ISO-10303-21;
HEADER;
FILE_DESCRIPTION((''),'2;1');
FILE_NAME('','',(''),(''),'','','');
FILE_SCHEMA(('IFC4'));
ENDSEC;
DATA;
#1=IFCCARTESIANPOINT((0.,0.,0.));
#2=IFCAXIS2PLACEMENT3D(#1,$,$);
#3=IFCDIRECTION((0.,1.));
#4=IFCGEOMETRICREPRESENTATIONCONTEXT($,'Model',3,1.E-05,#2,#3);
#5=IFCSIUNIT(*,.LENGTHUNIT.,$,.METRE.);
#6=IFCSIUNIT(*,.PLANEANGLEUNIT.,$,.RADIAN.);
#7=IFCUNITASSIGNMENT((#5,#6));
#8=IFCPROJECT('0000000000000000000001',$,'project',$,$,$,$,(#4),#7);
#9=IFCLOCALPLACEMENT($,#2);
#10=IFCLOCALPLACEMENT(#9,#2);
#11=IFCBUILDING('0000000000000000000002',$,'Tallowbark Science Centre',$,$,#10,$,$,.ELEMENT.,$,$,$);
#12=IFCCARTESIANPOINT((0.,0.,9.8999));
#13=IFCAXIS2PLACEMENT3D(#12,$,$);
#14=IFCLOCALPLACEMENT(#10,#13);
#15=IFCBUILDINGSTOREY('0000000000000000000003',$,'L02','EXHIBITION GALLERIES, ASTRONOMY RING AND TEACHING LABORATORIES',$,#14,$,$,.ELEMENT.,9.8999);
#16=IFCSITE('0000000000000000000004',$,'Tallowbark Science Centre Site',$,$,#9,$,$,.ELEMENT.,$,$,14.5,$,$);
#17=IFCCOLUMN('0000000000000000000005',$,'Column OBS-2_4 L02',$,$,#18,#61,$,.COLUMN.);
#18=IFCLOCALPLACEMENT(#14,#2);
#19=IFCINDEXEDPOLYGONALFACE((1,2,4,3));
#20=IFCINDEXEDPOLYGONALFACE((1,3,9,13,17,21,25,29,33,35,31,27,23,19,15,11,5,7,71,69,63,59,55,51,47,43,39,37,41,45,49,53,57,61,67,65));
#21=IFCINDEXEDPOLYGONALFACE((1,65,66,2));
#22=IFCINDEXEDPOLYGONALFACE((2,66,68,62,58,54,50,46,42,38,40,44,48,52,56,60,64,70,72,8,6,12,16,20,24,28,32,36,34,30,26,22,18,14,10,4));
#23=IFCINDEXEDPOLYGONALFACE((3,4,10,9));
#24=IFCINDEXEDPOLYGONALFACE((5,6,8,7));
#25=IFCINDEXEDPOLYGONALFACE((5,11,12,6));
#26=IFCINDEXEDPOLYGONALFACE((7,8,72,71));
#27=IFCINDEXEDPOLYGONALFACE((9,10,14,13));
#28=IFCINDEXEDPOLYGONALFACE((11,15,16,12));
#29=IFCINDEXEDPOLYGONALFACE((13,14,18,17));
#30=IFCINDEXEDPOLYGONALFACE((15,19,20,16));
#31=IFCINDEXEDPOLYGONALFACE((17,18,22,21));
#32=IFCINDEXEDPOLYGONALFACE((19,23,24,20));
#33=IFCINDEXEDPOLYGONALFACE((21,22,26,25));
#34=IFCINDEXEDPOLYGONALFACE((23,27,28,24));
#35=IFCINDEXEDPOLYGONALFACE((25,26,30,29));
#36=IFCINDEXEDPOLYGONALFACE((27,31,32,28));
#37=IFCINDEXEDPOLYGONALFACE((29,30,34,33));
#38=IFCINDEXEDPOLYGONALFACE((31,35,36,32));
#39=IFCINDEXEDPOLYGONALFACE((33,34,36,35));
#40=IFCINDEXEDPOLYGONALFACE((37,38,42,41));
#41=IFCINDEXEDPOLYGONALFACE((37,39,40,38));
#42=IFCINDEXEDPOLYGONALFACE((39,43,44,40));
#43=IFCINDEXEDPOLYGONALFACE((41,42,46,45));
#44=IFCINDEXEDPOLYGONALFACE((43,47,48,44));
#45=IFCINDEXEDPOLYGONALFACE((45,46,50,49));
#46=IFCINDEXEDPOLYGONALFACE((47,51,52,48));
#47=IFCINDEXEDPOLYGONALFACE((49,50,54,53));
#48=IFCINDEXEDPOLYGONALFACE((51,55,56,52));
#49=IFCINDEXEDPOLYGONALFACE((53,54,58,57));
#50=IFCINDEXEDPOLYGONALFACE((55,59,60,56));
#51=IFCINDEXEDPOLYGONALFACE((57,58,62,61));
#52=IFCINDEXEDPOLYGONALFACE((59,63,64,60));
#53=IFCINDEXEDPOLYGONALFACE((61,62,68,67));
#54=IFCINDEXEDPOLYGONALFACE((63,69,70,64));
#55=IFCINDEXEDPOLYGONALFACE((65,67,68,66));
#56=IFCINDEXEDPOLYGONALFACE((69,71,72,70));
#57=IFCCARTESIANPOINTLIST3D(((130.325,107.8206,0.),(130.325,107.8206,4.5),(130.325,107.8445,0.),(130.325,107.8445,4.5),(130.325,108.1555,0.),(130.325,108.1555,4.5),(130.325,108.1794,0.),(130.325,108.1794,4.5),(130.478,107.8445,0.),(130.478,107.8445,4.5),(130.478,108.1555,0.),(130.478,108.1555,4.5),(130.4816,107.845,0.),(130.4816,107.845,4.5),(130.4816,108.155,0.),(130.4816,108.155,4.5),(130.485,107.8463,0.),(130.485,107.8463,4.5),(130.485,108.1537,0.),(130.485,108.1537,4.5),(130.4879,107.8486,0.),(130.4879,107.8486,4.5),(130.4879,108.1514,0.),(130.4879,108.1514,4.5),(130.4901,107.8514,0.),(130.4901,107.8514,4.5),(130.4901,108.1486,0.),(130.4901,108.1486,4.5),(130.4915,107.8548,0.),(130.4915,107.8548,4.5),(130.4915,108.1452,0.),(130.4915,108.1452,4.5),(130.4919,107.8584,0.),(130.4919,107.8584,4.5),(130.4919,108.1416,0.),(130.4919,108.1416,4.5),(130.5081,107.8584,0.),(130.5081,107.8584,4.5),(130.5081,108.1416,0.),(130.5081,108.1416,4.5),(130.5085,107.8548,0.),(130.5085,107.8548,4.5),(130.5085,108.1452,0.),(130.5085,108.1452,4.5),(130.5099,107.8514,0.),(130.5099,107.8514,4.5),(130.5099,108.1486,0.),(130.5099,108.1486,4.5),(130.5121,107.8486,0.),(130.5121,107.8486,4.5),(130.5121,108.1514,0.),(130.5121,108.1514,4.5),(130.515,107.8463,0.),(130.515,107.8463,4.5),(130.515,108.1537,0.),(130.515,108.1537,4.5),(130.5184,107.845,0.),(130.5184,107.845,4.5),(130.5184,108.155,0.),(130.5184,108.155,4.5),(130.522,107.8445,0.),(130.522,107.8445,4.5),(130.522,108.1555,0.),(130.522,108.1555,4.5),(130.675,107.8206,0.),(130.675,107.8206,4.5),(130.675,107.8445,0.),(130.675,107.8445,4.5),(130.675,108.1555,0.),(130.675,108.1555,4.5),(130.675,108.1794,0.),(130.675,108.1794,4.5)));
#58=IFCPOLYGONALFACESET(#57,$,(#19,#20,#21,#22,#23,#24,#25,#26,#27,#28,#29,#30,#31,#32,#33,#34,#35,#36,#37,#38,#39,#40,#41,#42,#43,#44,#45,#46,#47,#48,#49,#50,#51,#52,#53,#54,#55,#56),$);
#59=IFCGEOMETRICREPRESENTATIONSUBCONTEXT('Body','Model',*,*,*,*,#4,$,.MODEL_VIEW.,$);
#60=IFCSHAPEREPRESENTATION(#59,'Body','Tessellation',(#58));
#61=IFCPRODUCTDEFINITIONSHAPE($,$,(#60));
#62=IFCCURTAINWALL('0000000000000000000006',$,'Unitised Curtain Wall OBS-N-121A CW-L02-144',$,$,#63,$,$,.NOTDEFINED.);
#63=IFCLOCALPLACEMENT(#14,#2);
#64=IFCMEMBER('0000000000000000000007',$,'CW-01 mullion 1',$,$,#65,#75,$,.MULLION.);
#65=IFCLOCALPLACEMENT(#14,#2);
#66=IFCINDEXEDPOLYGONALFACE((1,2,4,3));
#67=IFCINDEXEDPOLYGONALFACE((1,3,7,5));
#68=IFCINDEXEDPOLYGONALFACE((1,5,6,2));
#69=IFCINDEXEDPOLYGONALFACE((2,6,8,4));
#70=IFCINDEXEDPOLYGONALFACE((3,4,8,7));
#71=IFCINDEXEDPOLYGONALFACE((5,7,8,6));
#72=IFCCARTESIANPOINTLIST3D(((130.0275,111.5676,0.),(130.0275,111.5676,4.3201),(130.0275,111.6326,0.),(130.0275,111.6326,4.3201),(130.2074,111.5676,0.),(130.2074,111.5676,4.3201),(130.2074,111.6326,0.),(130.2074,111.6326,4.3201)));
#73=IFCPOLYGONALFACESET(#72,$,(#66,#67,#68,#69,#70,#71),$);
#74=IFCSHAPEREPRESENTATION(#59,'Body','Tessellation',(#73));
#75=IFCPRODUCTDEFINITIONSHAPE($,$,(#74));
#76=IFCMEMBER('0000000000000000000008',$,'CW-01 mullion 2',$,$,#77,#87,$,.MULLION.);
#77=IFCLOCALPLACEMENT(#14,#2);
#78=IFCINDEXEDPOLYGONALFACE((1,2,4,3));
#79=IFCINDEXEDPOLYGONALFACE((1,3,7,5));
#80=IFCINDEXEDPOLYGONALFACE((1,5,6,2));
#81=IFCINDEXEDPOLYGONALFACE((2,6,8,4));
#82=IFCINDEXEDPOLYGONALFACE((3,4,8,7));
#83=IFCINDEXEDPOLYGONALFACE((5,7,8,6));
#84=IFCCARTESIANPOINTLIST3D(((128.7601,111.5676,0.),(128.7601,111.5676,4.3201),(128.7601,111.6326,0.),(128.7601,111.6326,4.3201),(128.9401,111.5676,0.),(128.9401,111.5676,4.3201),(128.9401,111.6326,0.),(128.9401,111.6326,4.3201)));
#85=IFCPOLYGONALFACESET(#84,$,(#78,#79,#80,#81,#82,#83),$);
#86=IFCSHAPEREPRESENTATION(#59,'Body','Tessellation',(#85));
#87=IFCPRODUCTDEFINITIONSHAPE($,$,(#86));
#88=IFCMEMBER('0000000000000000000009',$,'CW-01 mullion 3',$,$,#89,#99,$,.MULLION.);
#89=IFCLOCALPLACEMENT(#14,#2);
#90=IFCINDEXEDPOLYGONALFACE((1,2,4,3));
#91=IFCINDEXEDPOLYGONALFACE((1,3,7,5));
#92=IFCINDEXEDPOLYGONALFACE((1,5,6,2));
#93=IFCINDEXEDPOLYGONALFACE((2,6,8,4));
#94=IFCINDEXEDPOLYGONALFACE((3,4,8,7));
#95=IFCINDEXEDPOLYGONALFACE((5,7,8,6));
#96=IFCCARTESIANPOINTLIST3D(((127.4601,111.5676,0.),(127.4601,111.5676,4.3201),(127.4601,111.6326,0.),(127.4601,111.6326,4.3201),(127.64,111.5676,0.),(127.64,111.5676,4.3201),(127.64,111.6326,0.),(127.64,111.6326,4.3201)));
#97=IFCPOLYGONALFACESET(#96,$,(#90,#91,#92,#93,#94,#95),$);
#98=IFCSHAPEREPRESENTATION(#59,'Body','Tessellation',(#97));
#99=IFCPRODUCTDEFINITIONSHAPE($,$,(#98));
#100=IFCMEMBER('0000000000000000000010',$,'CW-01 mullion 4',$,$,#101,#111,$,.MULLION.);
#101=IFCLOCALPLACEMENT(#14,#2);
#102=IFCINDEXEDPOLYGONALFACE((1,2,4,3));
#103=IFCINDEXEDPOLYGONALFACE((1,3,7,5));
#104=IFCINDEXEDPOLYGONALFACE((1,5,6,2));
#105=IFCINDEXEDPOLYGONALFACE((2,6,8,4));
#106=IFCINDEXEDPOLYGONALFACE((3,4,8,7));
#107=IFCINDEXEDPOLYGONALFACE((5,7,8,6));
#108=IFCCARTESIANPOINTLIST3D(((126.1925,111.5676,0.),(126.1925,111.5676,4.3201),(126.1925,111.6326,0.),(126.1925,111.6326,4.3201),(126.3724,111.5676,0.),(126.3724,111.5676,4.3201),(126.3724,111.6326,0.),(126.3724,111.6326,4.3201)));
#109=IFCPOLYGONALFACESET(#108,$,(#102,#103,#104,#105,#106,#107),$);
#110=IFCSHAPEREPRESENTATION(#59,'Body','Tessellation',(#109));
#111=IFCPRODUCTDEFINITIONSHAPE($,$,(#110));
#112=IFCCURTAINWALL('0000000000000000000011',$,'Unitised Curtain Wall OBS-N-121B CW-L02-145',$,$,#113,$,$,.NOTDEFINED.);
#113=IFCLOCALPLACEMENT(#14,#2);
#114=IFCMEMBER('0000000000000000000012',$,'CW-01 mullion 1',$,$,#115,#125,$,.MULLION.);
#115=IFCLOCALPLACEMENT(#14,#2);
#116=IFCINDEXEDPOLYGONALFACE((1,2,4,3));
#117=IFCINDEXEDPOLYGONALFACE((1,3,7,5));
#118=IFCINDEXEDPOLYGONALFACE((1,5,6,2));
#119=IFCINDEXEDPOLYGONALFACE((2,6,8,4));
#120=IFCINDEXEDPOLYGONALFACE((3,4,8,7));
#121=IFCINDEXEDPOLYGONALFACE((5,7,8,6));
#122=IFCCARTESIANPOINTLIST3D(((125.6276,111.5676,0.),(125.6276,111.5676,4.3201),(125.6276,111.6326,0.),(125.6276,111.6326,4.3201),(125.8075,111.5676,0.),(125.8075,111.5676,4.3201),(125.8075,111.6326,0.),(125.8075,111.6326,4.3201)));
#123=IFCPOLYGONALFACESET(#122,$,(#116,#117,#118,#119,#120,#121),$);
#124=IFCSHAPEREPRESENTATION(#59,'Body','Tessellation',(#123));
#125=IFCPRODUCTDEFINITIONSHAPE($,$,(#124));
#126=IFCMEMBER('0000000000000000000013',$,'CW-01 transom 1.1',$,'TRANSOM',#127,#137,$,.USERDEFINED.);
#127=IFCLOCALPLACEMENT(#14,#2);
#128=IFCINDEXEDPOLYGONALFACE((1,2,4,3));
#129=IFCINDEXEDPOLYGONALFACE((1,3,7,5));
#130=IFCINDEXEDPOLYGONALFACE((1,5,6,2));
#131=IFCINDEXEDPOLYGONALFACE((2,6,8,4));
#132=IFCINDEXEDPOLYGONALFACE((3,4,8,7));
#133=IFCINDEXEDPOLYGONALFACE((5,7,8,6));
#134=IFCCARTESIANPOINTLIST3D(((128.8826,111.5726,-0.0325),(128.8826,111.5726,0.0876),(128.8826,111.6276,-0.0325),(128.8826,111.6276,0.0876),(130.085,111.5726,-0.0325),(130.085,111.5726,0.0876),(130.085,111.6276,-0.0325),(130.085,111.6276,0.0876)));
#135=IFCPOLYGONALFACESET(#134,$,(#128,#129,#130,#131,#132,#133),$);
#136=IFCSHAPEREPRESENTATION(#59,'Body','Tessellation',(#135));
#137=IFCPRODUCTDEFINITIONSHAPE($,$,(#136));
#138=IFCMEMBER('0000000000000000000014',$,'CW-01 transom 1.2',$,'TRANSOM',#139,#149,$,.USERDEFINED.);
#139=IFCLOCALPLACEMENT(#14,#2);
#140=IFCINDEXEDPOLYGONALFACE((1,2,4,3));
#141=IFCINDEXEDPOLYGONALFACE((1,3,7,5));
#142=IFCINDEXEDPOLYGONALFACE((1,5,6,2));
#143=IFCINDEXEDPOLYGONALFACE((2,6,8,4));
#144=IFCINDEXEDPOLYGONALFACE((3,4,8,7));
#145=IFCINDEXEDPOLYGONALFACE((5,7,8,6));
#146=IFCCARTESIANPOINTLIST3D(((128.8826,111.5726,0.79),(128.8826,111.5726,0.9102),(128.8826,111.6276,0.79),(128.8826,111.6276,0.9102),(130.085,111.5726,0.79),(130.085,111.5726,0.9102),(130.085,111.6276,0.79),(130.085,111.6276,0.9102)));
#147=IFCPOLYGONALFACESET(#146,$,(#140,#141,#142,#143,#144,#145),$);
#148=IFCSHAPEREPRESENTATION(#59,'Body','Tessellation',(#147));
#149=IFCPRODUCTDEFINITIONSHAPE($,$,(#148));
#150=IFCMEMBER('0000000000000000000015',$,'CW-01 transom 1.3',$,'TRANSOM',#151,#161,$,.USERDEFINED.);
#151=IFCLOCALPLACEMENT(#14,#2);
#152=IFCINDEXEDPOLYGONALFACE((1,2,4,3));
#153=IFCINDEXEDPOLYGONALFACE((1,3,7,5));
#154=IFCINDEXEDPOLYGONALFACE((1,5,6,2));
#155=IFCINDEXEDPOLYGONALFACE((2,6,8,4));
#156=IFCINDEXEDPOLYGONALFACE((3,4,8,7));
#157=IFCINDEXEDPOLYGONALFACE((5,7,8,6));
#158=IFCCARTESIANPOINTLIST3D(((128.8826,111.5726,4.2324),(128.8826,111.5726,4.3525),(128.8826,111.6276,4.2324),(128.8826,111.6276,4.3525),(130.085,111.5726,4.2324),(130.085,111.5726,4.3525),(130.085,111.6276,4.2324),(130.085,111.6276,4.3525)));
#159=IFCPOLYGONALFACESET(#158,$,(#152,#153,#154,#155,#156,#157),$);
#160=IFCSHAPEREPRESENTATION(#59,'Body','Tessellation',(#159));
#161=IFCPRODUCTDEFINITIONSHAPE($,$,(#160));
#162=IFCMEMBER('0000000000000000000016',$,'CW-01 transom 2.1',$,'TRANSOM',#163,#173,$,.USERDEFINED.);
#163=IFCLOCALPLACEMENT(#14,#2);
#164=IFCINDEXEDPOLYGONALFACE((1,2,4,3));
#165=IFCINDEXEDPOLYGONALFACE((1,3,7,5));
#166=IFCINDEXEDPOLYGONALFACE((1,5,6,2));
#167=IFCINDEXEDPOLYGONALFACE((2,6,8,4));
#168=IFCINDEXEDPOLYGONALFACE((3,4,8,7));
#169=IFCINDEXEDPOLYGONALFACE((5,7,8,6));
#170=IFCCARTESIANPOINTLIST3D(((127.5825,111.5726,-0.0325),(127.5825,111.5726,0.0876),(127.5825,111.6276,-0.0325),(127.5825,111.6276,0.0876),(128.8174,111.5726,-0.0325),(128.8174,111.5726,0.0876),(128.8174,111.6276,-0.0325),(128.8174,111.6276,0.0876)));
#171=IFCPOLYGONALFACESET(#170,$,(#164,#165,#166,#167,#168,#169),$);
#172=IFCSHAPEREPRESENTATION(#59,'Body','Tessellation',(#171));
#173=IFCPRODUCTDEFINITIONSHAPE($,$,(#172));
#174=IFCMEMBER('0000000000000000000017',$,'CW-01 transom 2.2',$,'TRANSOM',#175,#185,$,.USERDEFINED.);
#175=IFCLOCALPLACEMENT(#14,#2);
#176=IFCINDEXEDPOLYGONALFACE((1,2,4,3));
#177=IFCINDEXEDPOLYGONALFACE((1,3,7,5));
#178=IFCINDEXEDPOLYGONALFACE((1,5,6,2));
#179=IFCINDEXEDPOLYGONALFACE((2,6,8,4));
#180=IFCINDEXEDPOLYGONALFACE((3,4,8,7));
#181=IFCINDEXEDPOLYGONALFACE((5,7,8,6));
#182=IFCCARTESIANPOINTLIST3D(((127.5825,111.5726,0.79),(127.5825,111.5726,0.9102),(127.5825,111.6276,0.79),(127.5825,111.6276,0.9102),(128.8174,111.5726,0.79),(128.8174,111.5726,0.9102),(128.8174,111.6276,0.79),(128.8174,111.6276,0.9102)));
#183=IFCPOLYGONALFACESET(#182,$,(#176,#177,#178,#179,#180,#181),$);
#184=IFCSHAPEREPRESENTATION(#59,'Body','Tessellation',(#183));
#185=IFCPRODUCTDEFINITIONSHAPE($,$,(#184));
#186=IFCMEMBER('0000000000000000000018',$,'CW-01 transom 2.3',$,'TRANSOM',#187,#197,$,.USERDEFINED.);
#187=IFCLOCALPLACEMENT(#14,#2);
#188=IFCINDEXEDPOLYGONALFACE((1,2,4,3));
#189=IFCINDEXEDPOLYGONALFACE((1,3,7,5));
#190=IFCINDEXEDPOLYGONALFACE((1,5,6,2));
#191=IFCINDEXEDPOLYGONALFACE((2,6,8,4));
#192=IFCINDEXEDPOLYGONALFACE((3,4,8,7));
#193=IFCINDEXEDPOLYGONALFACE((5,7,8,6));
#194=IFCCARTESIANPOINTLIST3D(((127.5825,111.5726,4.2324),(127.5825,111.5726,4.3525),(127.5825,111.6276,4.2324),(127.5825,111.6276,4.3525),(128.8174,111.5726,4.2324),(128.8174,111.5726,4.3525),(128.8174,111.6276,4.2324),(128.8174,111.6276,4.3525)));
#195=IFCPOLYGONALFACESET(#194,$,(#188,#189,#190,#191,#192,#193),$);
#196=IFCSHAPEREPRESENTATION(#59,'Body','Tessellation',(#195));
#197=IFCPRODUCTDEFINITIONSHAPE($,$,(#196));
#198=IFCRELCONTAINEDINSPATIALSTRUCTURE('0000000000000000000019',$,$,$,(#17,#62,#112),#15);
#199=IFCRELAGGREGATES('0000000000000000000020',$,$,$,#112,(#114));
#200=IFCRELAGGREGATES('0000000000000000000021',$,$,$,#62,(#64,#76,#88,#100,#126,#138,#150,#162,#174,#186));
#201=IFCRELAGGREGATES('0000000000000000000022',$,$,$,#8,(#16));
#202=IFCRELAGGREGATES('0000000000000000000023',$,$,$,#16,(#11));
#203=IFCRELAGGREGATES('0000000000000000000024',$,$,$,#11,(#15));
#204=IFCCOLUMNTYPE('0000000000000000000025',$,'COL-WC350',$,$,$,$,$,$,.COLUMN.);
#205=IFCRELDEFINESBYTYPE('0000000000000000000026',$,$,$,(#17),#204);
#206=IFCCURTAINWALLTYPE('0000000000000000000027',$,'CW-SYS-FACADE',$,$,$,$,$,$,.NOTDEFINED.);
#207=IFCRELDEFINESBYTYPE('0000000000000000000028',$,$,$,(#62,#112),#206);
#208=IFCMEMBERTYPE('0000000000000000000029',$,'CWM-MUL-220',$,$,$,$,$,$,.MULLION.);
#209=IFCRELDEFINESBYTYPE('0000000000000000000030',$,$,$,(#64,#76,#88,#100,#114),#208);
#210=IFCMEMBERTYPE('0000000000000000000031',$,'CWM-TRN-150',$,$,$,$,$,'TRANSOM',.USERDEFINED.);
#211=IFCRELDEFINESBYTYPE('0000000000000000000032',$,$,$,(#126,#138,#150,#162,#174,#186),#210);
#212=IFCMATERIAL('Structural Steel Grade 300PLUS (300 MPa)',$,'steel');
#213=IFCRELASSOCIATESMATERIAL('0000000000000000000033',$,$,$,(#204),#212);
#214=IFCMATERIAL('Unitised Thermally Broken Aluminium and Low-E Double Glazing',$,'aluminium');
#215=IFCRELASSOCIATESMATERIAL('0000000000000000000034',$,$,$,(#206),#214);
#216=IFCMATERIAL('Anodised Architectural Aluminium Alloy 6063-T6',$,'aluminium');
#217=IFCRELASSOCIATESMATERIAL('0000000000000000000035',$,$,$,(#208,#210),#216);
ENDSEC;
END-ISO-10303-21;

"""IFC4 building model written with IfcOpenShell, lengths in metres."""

from ifc_helpers import new_model, si_unit, direction, frame, origin, origin_2d, place, context, subcontext, project, spatial, rectangle, i_section, extrude, material, material_profile, profile_set, type_object, element, aggregate, save


model = new_model("IFC4")

# Units and contexts
model_context = context("Model", 3, precision=1e-05, world=origin(), true_north=direction((0.0, 1.0)))
body_context = subcontext(model_context, "Body", "Model", "MODEL_VIEW")
ifc_project = project(units=[si_unit("LENGTHUNIT", "METRE"), si_unit("PLANEANGLEUNIT", "RADIAN")], contexts=[model_context])

# Site, building, storey
site_placement = place(None, origin())
site = spatial("IfcSite", under=ifc_project, at=site_placement, Name="Tallowbark Science Centre Site", CompositionType="ELEMENT", RefElevation=14.5)
building_placement = place(site_placement, origin())
building = spatial("IfcBuilding", under=site, at=building_placement, Name="Tallowbark Science Centre", CompositionType="ELEMENT")
storey_placement = place(building_placement, frame((0.0, 0.0, 9.8999)))
storey = spatial("IfcBuildingStorey", under=building, at=storey_placement, Name="L02", Description="EXHIBITION GALLERIES, ASTRONOMY RING AND TEACHING LABORATORIES", CompositionType="ELEMENT", Elevation=9.8999)

# Column
ifc_material_1 = material(Name="Structural Steel Grade 300PLUS (300 MPa)", Category="steel")
ifc_material_profile_1 = material_profile(ifc_material_1, i_section(OverallWidth=0.3501, OverallDepth=0.3589, WebThickness=0.0161, FlangeThickness=0.0239, FilletRadius=0.0139, at=origin_2d()), Name="350WC197")
ifc_profile_set_1 = profile_set([ifc_material_profile_1], Name="Structural Steel Grade 300PLUS (300 MPa)")
column_type = type_object("IfcColumnType", Name="COL-WC350", PredefinedType="COLUMN", material=ifc_profile_set_1)
column_placement = place(storey_placement, frame((130.5, 108.0, 0.0), z_axis=(0.0, 0.0, 1.0), x_axis=(1.0, 0.0, 0.0)))
element("IfcColumn", 1, at=column_placement, inside=storey, type_object=column_type, Name="Column OBS-2_4 L02", PredefinedType="COLUMN", context=body_context, shape_type="SweptSolid", body=[
    extrude(i_section(OverallWidth=0.3501, OverallDepth=0.3589, WebThickness=0.0161, FlangeThickness=0.0239, FilletRadius=0.0139, at=origin_2d()), origin(), (0.0, 0.0, 1.0), 4.5),
])

# Curtain wall, members
ifc_material_2 = material(Name="Unitised Thermally Broken Aluminium and Low-E Double Glazing", Category="aluminium")
curtain_wall_type = type_object("IfcCurtainWallType", Name="CW-SYS-FACADE", PredefinedType="NOTDEFINED", material=ifc_material_2)
curtain_wall_1_placement = place(storey_placement, origin())
curtain_wall_1 = element("IfcCurtainWall", 2, at=curtain_wall_1_placement, inside=storey, type_object=curtain_wall_type, Name="Unitised Curtain Wall OBS-N-121A CW-L02-144", PredefinedType="NOTDEFINED")
ifc_material_3 = material(Name="Anodised Architectural Aluminium Alloy 6063-T6", Category="aluminium")
ifc_material_profile_2 = material_profile(ifc_material_3, rectangle(XDim=0.0649, YDim=0.1799, at=origin_2d()), Name="ALU65x180")
ifc_profile_set_2 = profile_set([ifc_material_profile_2], Name="Anodised Architectural Aluminium Alloy 6063-T6")
member_type_1 = type_object("IfcMemberType", Name="CWM-MUL-220", PredefinedType="MULLION", material=ifc_profile_set_2)
member_1_placement = place(storey_placement, frame((130.1174, 111.6001, 0.0), z_axis=(0.0, 0.0, 1.0), x_axis=(0.0, -1.0, 0.0)))
member_1 = element("IfcMember", 3, at=member_1_placement, type_object=member_type_1, Name="CW-01 mullion 1", PredefinedType="MULLION", context=body_context, shape_type="SweptSolid", body=[
    extrude(rectangle(XDim=0.0649, YDim=0.1799, at=origin_2d()), origin(), (0.0, 0.0, 1.0), 4.3201),
])
member_2_placement = place(storey_placement, frame((128.8501, 111.6001, 0.0), z_axis=(0.0, 0.0, 1.0), x_axis=(0.0, -1.0, 0.0)))
member_2 = element("IfcMember", 4, at=member_2_placement, type_object=member_type_1, Name="CW-01 mullion 2", PredefinedType="MULLION", context=body_context, shape_type="SweptSolid", body=[
    extrude(rectangle(XDim=0.0649, YDim=0.1799, at=origin_2d()), origin(), (0.0, 0.0, 1.0), 4.3201),
])
member_3_placement = place(storey_placement, frame((127.55, 111.6001, 0.0), z_axis=(0.0, 0.0, 1.0), x_axis=(0.0, -1.0, 0.0)))
member_3 = element("IfcMember", 5, at=member_3_placement, type_object=member_type_1, Name="CW-01 mullion 3", PredefinedType="MULLION", context=body_context, shape_type="SweptSolid", body=[
    extrude(rectangle(XDim=0.0649, YDim=0.1799, at=origin_2d()), origin(), (0.0, 0.0, 1.0), 4.3201),
])
member_4_placement = place(storey_placement, frame((126.2825, 111.6001, 0.0), z_axis=(0.0, 0.0, 1.0), x_axis=(0.0, -1.0, 0.0)))
member_4 = element("IfcMember", 6, at=member_4_placement, type_object=member_type_1, Name="CW-01 mullion 4", PredefinedType="MULLION", context=body_context, shape_type="SweptSolid", body=[
    extrude(rectangle(XDim=0.0649, YDim=0.1799, at=origin_2d()), origin(), (0.0, 0.0, 1.0), 4.3201),
])

# Curtain wall, member
curtain_wall_2_placement = place(storey_placement, origin())
curtain_wall_2 = element("IfcCurtainWall", 7, at=curtain_wall_2_placement, inside=storey, type_object=curtain_wall_type, Name="Unitised Curtain Wall OBS-N-121B CW-L02-145", PredefinedType="NOTDEFINED")
member_5_placement = place(storey_placement, frame((125.7175, 111.6001, 0.0), z_axis=(0.0, 0.0, 1.0), x_axis=(0.0, -1.0, 0.0)))
member_5 = element("IfcMember", 8, at=member_5_placement, type_object=member_type_1, Name="CW-01 mullion 1", PredefinedType="MULLION", context=body_context, shape_type="SweptSolid", body=[
    extrude(rectangle(XDim=0.0649, YDim=0.1799, at=origin_2d()), origin(), (0.0, 0.0, 1.0), 4.3201),
])
aggregate(curtain_wall_2, [member_5])

# Members
ifc_material_profile_3 = material_profile(ifc_material_3, rectangle(XDim=0.0549, YDim=0.1201, at=origin_2d()), Name="ALU55x120")
ifc_profile_set_3 = profile_set([ifc_material_profile_3], Name="Anodised Architectural Aluminium Alloy 6063-T6")
member_type_2 = type_object("IfcMemberType", Name="CWM-TRN-150", ElementType="TRANSOM", PredefinedType="USERDEFINED", material=ifc_profile_set_3)
member_6_placement = place(storey_placement, frame((130.085, 111.6001, 0.0276), z_axis=(-1.0, 0.0, 0.0), x_axis=(0.0, -1.0, 0.0)))
member_6 = element("IfcMember", 9, at=member_6_placement, type_object=member_type_2, Name="CW-01 transom 1.1", ObjectType="TRANSOM", PredefinedType="USERDEFINED", context=body_context, shape_type="SweptSolid", body=[
    extrude(rectangle(XDim=0.0549, YDim=0.1201, at=origin_2d()), origin(), (0.0, 0.0, 1.0), 1.2024),
])
member_7_placement = place(storey_placement, frame((130.085, 111.6001, 0.8501), z_axis=(-1.0, 0.0, 0.0), x_axis=(0.0, -1.0, 0.0)))
member_7 = element("IfcMember", 10, at=member_7_placement, type_object=member_type_2, Name="CW-01 transom 1.2", ObjectType="TRANSOM", PredefinedType="USERDEFINED", context=body_context, shape_type="SweptSolid", body=[
    extrude(rectangle(XDim=0.0549, YDim=0.1201, at=origin_2d()), origin(), (0.0, 0.0, 1.0), 1.2024),
])
member_8_placement = place(storey_placement, frame((130.085, 111.6001, 4.2925), z_axis=(-1.0, 0.0, 0.0), x_axis=(0.0, -1.0, 0.0)))
member_8 = element("IfcMember", 11, at=member_8_placement, type_object=member_type_2, Name="CW-01 transom 1.3", ObjectType="TRANSOM", PredefinedType="USERDEFINED", context=body_context, shape_type="SweptSolid", body=[
    extrude(rectangle(XDim=0.0549, YDim=0.1201, at=origin_2d()), origin(), (0.0, 0.0, 1.0), 1.2024),
])
member_9_placement = place(storey_placement, frame((128.8174, 111.6001, 0.0276), z_axis=(-1.0, 0.0, 0.0), x_axis=(0.0, -1.0, 0.0)))
member_9 = element("IfcMember", 12, at=member_9_placement, type_object=member_type_2, Name="CW-01 transom 2.1", ObjectType="TRANSOM", PredefinedType="USERDEFINED", context=body_context, shape_type="SweptSolid", body=[
    extrude(rectangle(XDim=0.0549, YDim=0.1201, at=origin_2d()), origin(), (0.0, 0.0, 1.0), 1.2349),
])
member_10_placement = place(storey_placement, frame((128.8174, 111.6001, 0.8501), z_axis=(-1.0, 0.0, 0.0), x_axis=(0.0, -1.0, 0.0)))
member_10 = element("IfcMember", 13, at=member_10_placement, type_object=member_type_2, Name="CW-01 transom 2.2", ObjectType="TRANSOM", PredefinedType="USERDEFINED", context=body_context, shape_type="SweptSolid", body=[
    extrude(rectangle(XDim=0.0549, YDim=0.1201, at=origin_2d()), origin(), (0.0, 0.0, 1.0), 1.2349),
])
member_11_placement = place(storey_placement, frame((128.8174, 111.6001, 4.2925), z_axis=(-1.0, 0.0, 0.0), x_axis=(0.0, -1.0, 0.0)))
member_11 = element("IfcMember", 14, at=member_11_placement, type_object=member_type_2, Name="CW-01 transom 2.3", ObjectType="TRANSOM", PredefinedType="USERDEFINED", context=body_context, shape_type="SweptSolid", body=[
    extrude(rectangle(XDim=0.0549, YDim=0.1201, at=origin_2d()), origin(), (0.0, 0.0, 1.0), 1.2349),
])

aggregate(curtain_wall_1, [member_1, member_2, member_3, member_4, member_6, member_7, member_8, member_9, member_10, member_11])

save(model, "model.ifc")
